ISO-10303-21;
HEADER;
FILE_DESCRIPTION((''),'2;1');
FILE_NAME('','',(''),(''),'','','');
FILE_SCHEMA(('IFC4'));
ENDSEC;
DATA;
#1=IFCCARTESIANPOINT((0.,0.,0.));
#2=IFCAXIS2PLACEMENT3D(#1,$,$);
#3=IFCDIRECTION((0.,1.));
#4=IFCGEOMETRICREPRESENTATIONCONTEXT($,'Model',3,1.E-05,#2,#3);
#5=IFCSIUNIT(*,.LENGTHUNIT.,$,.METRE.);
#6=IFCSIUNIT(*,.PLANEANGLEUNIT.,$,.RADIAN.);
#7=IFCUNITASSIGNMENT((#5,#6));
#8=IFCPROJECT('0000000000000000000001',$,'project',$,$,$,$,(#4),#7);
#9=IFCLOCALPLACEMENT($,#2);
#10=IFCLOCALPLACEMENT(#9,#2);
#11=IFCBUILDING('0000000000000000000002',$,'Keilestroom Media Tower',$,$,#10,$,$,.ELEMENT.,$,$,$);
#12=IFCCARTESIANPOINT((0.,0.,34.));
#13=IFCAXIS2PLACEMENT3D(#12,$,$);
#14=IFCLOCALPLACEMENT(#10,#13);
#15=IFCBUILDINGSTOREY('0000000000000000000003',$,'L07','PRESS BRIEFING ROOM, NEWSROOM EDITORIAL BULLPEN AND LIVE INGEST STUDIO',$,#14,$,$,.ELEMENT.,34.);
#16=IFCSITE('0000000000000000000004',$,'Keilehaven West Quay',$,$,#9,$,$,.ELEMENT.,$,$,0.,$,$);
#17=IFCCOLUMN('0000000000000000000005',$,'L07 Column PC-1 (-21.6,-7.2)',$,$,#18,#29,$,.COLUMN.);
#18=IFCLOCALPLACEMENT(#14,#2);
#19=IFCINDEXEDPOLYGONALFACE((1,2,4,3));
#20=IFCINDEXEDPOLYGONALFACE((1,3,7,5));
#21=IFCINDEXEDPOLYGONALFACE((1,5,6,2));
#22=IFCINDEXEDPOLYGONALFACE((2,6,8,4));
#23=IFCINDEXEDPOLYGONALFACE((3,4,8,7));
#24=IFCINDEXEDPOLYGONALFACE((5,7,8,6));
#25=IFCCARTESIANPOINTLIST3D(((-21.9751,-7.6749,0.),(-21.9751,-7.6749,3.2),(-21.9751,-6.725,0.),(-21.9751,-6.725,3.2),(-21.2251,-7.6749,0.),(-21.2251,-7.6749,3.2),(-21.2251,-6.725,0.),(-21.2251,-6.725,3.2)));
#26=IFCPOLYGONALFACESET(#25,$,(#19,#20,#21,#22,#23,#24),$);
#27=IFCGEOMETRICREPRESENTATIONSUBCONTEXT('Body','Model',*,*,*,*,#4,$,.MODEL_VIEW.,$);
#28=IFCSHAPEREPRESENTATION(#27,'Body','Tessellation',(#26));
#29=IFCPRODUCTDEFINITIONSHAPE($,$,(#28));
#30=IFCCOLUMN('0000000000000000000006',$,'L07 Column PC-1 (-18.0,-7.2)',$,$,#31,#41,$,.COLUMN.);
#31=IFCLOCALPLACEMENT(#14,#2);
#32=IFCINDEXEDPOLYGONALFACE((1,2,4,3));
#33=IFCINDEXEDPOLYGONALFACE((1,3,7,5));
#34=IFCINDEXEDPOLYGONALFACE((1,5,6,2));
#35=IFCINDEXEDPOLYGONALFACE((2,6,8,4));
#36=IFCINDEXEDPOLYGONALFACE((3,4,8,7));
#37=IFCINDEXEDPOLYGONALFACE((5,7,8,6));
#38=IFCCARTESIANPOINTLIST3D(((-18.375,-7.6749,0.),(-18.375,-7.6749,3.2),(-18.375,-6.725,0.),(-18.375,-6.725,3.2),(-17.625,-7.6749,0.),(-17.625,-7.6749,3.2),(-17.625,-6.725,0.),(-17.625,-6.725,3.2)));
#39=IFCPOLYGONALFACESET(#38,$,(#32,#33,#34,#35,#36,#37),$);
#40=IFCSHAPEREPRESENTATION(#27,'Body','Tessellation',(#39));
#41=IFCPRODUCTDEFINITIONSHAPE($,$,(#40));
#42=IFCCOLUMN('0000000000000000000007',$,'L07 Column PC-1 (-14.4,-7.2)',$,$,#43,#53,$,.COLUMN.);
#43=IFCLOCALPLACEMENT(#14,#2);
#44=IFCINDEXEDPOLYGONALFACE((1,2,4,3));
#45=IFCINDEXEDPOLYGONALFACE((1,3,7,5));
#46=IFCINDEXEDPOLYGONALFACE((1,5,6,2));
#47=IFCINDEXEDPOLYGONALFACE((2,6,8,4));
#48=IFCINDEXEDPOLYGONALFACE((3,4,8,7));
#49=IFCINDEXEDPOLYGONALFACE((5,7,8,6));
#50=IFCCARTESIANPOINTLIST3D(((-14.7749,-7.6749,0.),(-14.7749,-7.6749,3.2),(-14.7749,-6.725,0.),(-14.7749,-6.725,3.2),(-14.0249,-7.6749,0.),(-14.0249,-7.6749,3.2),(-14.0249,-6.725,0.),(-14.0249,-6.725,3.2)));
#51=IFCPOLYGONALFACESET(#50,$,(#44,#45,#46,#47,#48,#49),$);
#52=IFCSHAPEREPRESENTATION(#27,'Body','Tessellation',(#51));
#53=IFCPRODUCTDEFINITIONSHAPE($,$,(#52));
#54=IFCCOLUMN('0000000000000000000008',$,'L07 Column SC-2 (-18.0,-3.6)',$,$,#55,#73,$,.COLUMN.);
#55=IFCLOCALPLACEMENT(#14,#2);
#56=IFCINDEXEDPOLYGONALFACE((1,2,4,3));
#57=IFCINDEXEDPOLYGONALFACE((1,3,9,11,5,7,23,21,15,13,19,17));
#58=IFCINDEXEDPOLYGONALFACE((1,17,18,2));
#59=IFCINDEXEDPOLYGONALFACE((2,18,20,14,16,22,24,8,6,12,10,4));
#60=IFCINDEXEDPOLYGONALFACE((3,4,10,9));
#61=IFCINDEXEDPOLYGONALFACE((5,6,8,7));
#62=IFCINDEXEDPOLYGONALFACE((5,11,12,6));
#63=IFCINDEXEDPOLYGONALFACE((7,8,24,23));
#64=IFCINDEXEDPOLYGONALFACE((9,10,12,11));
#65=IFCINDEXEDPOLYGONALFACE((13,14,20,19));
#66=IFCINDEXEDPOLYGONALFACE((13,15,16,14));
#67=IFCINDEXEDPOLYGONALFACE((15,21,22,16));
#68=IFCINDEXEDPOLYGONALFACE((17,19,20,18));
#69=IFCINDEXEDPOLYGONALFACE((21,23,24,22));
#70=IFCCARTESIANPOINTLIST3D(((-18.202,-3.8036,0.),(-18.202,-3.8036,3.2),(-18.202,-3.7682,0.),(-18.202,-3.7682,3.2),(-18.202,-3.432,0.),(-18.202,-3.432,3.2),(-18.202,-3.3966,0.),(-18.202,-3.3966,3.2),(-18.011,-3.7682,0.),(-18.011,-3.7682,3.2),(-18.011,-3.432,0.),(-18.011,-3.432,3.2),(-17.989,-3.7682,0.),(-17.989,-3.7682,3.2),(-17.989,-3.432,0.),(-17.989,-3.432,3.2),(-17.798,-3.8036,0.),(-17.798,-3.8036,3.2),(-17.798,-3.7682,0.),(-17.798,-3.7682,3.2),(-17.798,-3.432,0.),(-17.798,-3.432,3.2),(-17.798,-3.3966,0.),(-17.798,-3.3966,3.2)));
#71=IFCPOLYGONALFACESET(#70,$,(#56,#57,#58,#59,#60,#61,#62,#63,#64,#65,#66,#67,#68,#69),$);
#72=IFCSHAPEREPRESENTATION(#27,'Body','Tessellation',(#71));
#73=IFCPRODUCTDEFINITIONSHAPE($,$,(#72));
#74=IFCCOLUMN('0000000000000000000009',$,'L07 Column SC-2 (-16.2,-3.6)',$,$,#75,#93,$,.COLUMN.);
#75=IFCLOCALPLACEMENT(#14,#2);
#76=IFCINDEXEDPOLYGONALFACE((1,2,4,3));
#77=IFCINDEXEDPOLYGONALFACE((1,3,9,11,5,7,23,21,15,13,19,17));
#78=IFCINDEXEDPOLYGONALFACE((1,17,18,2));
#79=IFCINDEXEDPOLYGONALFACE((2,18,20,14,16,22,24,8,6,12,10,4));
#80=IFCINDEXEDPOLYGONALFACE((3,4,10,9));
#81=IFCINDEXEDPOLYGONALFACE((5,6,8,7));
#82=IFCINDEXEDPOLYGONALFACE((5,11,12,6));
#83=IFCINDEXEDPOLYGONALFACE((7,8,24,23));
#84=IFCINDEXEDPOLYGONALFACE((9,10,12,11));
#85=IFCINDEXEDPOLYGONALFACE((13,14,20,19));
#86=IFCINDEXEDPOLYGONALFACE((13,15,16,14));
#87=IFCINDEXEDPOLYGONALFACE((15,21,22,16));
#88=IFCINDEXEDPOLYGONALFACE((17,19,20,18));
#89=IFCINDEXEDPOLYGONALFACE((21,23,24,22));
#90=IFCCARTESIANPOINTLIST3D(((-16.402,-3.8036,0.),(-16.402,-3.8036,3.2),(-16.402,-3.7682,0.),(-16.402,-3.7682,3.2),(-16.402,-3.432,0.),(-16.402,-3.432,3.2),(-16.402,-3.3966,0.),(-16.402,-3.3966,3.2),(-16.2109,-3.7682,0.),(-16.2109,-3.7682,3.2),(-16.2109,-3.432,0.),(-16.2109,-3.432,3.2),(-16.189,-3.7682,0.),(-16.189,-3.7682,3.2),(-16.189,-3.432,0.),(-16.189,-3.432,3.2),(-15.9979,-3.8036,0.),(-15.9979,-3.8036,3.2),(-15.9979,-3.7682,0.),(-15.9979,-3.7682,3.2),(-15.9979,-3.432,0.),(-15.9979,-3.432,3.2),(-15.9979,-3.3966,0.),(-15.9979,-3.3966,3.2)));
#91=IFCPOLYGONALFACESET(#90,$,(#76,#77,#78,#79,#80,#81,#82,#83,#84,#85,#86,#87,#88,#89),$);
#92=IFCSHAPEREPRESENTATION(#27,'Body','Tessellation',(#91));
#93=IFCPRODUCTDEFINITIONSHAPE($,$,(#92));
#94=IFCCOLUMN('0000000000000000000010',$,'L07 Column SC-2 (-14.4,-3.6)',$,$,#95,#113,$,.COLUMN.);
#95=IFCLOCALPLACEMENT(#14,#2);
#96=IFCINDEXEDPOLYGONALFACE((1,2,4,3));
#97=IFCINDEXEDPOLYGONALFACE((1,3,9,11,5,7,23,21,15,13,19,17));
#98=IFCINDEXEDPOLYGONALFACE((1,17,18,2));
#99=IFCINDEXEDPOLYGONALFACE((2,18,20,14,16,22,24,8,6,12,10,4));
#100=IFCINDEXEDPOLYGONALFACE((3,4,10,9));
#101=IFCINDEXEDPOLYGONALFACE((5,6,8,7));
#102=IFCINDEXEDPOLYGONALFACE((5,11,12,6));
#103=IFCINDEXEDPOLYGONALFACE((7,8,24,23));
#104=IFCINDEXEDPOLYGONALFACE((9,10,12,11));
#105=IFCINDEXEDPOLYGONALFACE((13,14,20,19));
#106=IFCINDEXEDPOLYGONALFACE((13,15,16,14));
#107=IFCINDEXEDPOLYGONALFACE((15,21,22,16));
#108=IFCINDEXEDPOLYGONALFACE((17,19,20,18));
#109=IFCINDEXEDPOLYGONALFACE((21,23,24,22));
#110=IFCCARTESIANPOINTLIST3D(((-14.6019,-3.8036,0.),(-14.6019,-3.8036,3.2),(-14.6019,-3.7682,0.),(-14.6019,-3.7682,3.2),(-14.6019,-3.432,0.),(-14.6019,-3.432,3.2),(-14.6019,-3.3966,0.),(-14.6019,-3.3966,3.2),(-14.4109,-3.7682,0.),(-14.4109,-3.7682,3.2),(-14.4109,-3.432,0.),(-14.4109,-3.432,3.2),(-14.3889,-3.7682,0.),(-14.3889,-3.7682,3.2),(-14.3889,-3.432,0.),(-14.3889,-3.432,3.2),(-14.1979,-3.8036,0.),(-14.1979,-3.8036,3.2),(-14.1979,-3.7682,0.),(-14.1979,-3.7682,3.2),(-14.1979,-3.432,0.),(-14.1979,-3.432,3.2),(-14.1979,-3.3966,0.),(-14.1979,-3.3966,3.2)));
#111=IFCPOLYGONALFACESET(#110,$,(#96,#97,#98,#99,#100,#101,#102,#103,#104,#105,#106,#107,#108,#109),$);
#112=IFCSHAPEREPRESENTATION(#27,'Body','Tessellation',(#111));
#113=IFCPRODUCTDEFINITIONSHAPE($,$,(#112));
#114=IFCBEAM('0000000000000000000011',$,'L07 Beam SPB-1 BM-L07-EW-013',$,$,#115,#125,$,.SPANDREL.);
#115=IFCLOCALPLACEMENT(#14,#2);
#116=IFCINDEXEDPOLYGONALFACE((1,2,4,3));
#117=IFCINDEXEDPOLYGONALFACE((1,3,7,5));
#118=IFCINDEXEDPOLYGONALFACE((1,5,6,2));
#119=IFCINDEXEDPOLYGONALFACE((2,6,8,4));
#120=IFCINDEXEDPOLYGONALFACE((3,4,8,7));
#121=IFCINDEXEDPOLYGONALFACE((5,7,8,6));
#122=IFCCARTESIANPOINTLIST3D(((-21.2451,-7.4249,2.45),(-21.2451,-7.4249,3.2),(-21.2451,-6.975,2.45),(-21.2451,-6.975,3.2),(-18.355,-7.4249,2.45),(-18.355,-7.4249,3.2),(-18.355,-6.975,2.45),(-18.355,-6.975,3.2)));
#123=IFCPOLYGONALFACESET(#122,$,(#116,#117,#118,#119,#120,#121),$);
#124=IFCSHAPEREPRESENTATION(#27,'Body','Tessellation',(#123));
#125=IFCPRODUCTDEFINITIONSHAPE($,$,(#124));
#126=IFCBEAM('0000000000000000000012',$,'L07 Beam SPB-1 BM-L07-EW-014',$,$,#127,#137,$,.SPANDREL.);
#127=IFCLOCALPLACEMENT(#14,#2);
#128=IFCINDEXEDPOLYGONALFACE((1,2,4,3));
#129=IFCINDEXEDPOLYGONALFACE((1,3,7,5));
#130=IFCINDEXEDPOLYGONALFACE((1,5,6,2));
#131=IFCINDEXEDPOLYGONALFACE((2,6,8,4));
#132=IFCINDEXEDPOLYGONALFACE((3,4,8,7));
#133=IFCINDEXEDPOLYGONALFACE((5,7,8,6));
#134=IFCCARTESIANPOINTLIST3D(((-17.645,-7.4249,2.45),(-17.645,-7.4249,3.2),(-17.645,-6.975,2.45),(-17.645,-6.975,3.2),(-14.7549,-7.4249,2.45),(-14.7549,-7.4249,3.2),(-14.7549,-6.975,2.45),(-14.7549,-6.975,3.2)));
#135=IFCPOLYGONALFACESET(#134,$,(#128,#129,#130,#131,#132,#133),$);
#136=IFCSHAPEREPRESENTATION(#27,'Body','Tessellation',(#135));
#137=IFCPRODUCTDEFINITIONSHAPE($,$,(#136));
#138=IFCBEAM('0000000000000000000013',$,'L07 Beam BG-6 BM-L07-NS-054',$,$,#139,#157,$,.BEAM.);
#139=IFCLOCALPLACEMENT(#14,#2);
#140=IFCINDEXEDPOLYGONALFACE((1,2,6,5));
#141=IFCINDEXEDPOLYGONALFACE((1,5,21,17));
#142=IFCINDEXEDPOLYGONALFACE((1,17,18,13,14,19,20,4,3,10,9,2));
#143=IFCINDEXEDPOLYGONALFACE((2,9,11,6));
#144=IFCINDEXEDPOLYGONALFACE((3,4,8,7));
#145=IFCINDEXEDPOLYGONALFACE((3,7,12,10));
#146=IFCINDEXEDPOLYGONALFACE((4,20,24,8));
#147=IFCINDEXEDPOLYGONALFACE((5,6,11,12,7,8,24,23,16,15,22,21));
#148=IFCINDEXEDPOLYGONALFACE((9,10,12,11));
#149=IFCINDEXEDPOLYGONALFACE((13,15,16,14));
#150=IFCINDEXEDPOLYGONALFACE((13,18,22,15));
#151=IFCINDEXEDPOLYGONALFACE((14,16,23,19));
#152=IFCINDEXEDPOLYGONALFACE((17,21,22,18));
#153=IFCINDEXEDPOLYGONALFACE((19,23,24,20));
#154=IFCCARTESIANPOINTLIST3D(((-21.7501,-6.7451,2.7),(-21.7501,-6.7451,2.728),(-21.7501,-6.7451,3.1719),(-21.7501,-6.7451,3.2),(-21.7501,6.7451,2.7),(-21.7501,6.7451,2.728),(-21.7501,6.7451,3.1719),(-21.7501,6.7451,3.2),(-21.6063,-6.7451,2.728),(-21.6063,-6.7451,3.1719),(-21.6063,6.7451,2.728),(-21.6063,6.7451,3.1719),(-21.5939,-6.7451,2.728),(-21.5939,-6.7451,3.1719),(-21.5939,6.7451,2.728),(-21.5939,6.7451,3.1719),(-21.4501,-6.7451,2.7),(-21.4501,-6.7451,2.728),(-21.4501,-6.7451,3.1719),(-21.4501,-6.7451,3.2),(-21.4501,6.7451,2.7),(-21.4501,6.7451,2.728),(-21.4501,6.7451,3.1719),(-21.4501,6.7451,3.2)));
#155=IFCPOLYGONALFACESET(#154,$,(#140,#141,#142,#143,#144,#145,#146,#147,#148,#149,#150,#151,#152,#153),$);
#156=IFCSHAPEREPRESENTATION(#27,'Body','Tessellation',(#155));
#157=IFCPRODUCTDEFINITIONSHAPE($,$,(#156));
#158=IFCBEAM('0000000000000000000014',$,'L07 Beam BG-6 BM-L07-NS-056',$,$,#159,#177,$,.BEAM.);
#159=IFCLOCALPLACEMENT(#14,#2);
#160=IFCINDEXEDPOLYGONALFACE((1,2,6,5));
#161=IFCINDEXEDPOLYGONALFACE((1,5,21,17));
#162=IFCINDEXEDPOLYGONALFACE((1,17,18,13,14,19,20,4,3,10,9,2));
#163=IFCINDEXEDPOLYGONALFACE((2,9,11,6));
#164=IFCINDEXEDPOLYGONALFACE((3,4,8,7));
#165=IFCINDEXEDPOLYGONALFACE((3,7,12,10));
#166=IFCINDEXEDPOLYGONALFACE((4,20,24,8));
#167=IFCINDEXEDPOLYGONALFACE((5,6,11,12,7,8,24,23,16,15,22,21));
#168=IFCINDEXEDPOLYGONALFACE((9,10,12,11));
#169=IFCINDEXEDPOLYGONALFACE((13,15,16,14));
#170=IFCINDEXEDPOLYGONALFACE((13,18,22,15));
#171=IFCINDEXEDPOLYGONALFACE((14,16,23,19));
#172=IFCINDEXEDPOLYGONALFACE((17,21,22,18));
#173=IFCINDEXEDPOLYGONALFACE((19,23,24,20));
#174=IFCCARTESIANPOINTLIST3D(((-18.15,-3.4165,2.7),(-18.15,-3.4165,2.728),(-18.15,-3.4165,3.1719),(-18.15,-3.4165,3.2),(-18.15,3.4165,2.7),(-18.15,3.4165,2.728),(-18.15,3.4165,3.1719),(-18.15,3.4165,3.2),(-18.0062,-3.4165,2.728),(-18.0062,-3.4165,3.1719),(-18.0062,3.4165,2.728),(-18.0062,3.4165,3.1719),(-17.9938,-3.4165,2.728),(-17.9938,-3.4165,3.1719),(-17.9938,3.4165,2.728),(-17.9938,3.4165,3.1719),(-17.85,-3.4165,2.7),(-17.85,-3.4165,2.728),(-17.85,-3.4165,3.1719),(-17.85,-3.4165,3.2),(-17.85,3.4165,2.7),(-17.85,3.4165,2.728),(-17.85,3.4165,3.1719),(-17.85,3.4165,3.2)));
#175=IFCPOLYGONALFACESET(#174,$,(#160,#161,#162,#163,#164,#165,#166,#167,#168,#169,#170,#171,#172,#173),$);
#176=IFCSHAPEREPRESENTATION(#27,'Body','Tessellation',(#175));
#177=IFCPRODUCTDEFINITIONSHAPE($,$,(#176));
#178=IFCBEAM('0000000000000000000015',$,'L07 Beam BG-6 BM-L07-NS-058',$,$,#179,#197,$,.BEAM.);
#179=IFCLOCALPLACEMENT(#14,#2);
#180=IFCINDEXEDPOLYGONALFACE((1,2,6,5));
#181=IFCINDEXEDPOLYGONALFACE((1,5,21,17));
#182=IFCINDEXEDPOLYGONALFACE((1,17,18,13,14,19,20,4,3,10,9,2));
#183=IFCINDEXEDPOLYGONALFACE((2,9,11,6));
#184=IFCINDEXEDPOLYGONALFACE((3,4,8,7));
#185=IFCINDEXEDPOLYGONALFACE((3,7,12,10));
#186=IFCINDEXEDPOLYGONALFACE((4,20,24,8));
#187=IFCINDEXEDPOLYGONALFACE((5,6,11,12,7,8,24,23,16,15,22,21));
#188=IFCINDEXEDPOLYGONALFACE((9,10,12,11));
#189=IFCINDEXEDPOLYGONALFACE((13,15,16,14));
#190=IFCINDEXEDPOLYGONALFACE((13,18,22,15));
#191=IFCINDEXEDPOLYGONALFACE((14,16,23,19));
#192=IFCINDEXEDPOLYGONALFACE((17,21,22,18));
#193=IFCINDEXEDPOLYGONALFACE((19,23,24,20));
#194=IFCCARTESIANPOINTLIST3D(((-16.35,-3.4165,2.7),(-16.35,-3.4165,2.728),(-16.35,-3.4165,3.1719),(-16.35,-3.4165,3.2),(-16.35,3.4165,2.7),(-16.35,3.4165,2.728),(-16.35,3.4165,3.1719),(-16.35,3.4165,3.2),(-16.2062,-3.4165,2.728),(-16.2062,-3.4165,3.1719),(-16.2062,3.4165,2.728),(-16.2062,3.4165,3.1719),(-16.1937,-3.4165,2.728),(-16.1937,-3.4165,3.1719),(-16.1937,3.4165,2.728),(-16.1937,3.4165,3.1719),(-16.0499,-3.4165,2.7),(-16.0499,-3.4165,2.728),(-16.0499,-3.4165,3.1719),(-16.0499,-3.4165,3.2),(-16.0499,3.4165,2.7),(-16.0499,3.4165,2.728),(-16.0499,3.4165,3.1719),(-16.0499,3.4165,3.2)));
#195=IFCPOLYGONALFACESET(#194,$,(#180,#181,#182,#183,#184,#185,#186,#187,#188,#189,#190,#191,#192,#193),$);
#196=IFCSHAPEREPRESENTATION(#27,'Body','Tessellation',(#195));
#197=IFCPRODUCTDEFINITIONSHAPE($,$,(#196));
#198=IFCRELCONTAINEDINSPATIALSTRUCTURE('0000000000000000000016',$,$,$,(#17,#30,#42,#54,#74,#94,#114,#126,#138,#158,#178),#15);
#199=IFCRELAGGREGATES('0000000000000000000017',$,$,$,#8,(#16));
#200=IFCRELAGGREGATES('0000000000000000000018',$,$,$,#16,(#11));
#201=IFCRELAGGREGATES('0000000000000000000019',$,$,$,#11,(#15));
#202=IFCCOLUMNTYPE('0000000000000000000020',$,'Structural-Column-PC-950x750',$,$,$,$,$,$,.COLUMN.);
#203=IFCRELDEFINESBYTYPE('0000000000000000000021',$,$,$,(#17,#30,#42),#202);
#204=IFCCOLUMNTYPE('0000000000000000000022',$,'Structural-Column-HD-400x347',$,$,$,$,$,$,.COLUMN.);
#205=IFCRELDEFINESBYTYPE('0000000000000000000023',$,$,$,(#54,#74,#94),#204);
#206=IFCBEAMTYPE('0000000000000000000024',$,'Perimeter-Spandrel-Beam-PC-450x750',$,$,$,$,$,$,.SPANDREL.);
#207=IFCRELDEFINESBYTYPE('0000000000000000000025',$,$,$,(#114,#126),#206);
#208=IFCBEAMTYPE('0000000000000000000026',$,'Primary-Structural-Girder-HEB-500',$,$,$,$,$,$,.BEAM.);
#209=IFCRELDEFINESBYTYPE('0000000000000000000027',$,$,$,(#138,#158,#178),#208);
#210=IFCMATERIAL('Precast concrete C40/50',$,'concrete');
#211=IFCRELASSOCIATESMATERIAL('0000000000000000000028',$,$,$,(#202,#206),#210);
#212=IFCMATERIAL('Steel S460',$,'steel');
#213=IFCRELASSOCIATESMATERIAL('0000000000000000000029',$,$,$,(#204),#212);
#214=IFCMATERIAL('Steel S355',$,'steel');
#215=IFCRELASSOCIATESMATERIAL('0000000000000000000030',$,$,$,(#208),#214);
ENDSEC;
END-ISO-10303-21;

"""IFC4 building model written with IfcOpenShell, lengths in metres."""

from ifc_helpers import new_model, si_unit, direction, frame, origin, origin_2d, place, context, subcontext, project, spatial, rectangle, i_section, extrude, source, transform, mapped, material, material_profile, profile_set, type_object, element, save


model = new_model("IFC4")

# Units and contexts
model_context = context("Model", 3, precision=1e-05, world=origin(), true_north=direction((0.0, 1.0)))
body_context = subcontext(model_context, "Body", "Model", "MODEL_VIEW")
ifc_project = project(units=[si_unit("LENGTHUNIT", "METRE"), si_unit("PLANEANGLEUNIT", "RADIAN")], contexts=[model_context])

# Site, building, storey
site_placement = place(None, origin())
site = spatial("IfcSite", under=ifc_project, at=site_placement, Name="Keilehaven West Quay", CompositionType="ELEMENT", RefElevation=0.0)
building_placement = place(site_placement, origin())
building = spatial("IfcBuilding", under=site, at=building_placement, Name="Keilestroom Media Tower", CompositionType="ELEMENT")
storey_placement = place(building_placement, frame((0.0, 0.0, 34.0)))
storey = spatial("IfcBuildingStorey", under=building, at=storey_placement, Name="L07", Description="PRESS BRIEFING ROOM, NEWSROOM EDITORIAL BULLPEN AND LIVE INGEST STUDIO", CompositionType="ELEMENT", Elevation=34.0)

# Columns
ifc_material_1 = material(Name="Precast concrete C40/50", Category="concrete")
ifc_material_profile_1 = material_profile(ifc_material_1, rectangle(XDim=0.75, YDim=0.95, at=origin_2d()), Name="PC 950x750")
ifc_profile_set_1 = profile_set([ifc_material_profile_1], Name="Precast concrete C40/50")
column_type_1 = type_object("IfcColumnType", Name="Structural-Column-PC-950x750", PredefinedType="COLUMN", material=ifc_profile_set_1)
shared_shape_1 = source(origin(), body_context, "Body", "SweptSolid", [
    extrude(rectangle(XDim=0.75, YDim=0.95, at=origin_2d()), origin(), (0.0, 0.0, 1.0), 3.2),
])
for number, where, z_axis, x_axis, name in (
    (1, (-21.6001, -7.2, 0.0), (0.0, 0.0, 1.0), (1.0, 0.0, 0.0), "L07 Column PC-1 (-21.6,-7.2)"),
    (2, (-18.0, -7.2, 0.0), (0.0, 0.0, 1.0), (1.0, 0.0, 0.0), "L07 Column PC-1 (-18.0,-7.2)"),
    (3, (-14.3999, -7.2, 0.0), (0.0, 0.0, 1.0), (1.0, 0.0, 0.0), "L07 Column PC-1 (-14.4,-7.2)"),
):
    element("IfcColumn", number, at=place(storey_placement, frame(where, z_axis=z_axis, x_axis=x_axis)), inside=storey, type_object=column_type_1, Name=name, PredefinedType="COLUMN", context=body_context, shape_type="MappedRepresentation", body=[
        mapped(shared_shape_1, transform((0.0, 0.0, 0.0), x_axis=(1.0, 0.0, 0.0), y_axis=(0.0, 1.0, 0.0), z_axis=(0.0, 0.0, 1.0), scale=1.0)),
    ])
ifc_material_2 = material(Name="Steel S460", Category="steel")
ifc_material_profile_2 = material_profile(ifc_material_2, i_section(OverallWidth=0.4041, OverallDepth=0.407, WebThickness=0.022, FlangeThickness=0.0354, at=origin_2d()), Name="HD 400x347")
ifc_profile_set_2 = profile_set([ifc_material_profile_2], Name="Steel S460")
column_type_2 = type_object("IfcColumnType", Name="Structural-Column-HD-400x347", PredefinedType="COLUMN", material=ifc_profile_set_2)
shared_shape_2 = source(origin(), body_context, "Body", "SweptSolid", [
    extrude(i_section(OverallWidth=0.4041, OverallDepth=0.407, WebThickness=0.022, FlangeThickness=0.0354, at=origin_2d()), origin(), (0.0, 0.0, 1.0), 3.2),
])
for number, where, z_axis, x_axis, name in (
    (4, (-18.0, -3.6001, 0.0), (0.0, 0.0, 1.0), (1.0, 0.0, 0.0), "L07 Column SC-2 (-18.0,-3.6)"),
    (5, (-16.2, -3.6001, 0.0), (0.0, 0.0, 1.0), (1.0, 0.0, 0.0), "L07 Column SC-2 (-16.2,-3.6)"),
    (6, (-14.3999, -3.6001, 0.0), (0.0, 0.0, 1.0), (1.0, 0.0, 0.0), "L07 Column SC-2 (-14.4,-3.6)"),
):
    element("IfcColumn", number, at=place(storey_placement, frame(where, z_axis=z_axis, x_axis=x_axis)), inside=storey, type_object=column_type_2, Name=name, PredefinedType="COLUMN", context=body_context, shape_type="MappedRepresentation", body=[
        mapped(shared_shape_2, transform((0.0, 0.0, 0.0), x_axis=(1.0, 0.0, 0.0), y_axis=(0.0, 1.0, 0.0), z_axis=(0.0, 0.0, 1.0), scale=1.0)),
    ])

# Beams
ifc_material_profile_3 = material_profile(ifc_material_1, rectangle(XDim=0.45, YDim=0.75, at=origin_2d()), Name="PC 450x750")
ifc_profile_set_3 = profile_set([ifc_material_profile_3], Name="Precast concrete C40/50")
beam_type_1 = type_object("IfcBeamType", Name="Perimeter-Spandrel-Beam-PC-450x750", PredefinedType="SPANDREL", material=ifc_profile_set_3)
shared_shape_3 = source(origin(), body_context, "Body", "SweptSolid", [
    extrude(rectangle(XDim=0.45, YDim=0.75, at=origin_2d()), origin(), (0.0, 0.0, 1.0), 2.8901),
])
for number, where, z_axis, x_axis, name in (
    (7, (-21.2451, -7.2, 2.825), (1.0, 0.0, 0.0), (0.0, 1.0, 0.0), "L07 Beam SPB-1 BM-L07-EW-013"),
    (8, (-17.645, -7.2, 2.825), (1.0, 0.0, 0.0), (0.0, 1.0, 0.0), "L07 Beam SPB-1 BM-L07-EW-014"),
):
    element("IfcBeam", number, at=place(storey_placement, frame(where, z_axis=z_axis, x_axis=x_axis)), inside=storey, type_object=beam_type_1, Name=name, PredefinedType="SPANDREL", context=body_context, shape_type="MappedRepresentation", body=[
        mapped(shared_shape_3, transform((0.0, 0.0, 0.0), x_axis=(1.0, 0.0, 0.0), y_axis=(0.0, 1.0, 0.0), z_axis=(0.0, 0.0, 1.0), scale=1.0)),
    ])
ifc_material_3 = material(Name="Steel S355", Category="steel")
ifc_material_profile_4 = material_profile(ifc_material_3, i_section(OverallWidth=0.3, OverallDepth=0.5, WebThickness=0.0125, FlangeThickness=0.0281, at=origin_2d()), Name="HEB 500")
ifc_profile_set_4 = profile_set([ifc_material_profile_4], Name="Steel S355")
beam_type_2 = type_object("IfcBeamType", Name="Primary-Structural-Girder-HEB-500", PredefinedType="BEAM", material=ifc_profile_set_4)
shared_shape_4 = source(origin(), body_context, "Body", "SweptSolid", [
    extrude(i_section(OverallWidth=0.3, OverallDepth=0.5, WebThickness=0.0125, FlangeThickness=0.0281, at=origin_2d()), origin(), (0.0, 0.0, 1.0), 13.4902),
])
beam_1_placement = place(storey_placement, frame((-21.6001, -6.7451, 2.95), z_axis=(0.0, 1.0, 0.0), x_axis=(-1.0, 0.0, 0.0)))
element("IfcBeam", 9, at=beam_1_placement, inside=storey, type_object=beam_type_2, Name="L07 Beam BG-6 BM-L07-NS-054", PredefinedType="BEAM", context=body_context, shape_type="MappedRepresentation", body=[
    mapped(shared_shape_4, transform((0.0, 0.0, 0.0), x_axis=(1.0, 0.0, 0.0), y_axis=(0.0, 1.0, 0.0), z_axis=(0.0, 0.0, 1.0), scale=1.0)),
])
shared_shape_5 = source(origin(), body_context, "Body", "SweptSolid", [
    extrude(i_section(OverallWidth=0.3, OverallDepth=0.5, WebThickness=0.0125, FlangeThickness=0.0281, at=origin_2d()), origin(), (0.0, 0.0, 1.0), 6.833),
])
for number, where, z_axis, x_axis, name in (
    (10, (-18.0, -3.4165, 2.95), (0.0, 1.0, 0.0), (-1.0, 0.0, 0.0), "L07 Beam BG-6 BM-L07-NS-056"),
    (11, (-16.2, -3.4165, 2.95), (0.0, 1.0, 0.0), (-1.0, 0.0, 0.0), "L07 Beam BG-6 BM-L07-NS-058"),
):
    element("IfcBeam", number, at=place(storey_placement, frame(where, z_axis=z_axis, x_axis=x_axis)), inside=storey, type_object=beam_type_2, Name=name, PredefinedType="BEAM", context=body_context, shape_type="MappedRepresentation", body=[
        mapped(shared_shape_5, transform((0.0, 0.0, 0.0), x_axis=(1.0, 0.0, 0.0), y_axis=(0.0, 1.0, 0.0), z_axis=(0.0, 0.0, 1.0), scale=1.0)),
    ])

save(model, "model.ifc")
